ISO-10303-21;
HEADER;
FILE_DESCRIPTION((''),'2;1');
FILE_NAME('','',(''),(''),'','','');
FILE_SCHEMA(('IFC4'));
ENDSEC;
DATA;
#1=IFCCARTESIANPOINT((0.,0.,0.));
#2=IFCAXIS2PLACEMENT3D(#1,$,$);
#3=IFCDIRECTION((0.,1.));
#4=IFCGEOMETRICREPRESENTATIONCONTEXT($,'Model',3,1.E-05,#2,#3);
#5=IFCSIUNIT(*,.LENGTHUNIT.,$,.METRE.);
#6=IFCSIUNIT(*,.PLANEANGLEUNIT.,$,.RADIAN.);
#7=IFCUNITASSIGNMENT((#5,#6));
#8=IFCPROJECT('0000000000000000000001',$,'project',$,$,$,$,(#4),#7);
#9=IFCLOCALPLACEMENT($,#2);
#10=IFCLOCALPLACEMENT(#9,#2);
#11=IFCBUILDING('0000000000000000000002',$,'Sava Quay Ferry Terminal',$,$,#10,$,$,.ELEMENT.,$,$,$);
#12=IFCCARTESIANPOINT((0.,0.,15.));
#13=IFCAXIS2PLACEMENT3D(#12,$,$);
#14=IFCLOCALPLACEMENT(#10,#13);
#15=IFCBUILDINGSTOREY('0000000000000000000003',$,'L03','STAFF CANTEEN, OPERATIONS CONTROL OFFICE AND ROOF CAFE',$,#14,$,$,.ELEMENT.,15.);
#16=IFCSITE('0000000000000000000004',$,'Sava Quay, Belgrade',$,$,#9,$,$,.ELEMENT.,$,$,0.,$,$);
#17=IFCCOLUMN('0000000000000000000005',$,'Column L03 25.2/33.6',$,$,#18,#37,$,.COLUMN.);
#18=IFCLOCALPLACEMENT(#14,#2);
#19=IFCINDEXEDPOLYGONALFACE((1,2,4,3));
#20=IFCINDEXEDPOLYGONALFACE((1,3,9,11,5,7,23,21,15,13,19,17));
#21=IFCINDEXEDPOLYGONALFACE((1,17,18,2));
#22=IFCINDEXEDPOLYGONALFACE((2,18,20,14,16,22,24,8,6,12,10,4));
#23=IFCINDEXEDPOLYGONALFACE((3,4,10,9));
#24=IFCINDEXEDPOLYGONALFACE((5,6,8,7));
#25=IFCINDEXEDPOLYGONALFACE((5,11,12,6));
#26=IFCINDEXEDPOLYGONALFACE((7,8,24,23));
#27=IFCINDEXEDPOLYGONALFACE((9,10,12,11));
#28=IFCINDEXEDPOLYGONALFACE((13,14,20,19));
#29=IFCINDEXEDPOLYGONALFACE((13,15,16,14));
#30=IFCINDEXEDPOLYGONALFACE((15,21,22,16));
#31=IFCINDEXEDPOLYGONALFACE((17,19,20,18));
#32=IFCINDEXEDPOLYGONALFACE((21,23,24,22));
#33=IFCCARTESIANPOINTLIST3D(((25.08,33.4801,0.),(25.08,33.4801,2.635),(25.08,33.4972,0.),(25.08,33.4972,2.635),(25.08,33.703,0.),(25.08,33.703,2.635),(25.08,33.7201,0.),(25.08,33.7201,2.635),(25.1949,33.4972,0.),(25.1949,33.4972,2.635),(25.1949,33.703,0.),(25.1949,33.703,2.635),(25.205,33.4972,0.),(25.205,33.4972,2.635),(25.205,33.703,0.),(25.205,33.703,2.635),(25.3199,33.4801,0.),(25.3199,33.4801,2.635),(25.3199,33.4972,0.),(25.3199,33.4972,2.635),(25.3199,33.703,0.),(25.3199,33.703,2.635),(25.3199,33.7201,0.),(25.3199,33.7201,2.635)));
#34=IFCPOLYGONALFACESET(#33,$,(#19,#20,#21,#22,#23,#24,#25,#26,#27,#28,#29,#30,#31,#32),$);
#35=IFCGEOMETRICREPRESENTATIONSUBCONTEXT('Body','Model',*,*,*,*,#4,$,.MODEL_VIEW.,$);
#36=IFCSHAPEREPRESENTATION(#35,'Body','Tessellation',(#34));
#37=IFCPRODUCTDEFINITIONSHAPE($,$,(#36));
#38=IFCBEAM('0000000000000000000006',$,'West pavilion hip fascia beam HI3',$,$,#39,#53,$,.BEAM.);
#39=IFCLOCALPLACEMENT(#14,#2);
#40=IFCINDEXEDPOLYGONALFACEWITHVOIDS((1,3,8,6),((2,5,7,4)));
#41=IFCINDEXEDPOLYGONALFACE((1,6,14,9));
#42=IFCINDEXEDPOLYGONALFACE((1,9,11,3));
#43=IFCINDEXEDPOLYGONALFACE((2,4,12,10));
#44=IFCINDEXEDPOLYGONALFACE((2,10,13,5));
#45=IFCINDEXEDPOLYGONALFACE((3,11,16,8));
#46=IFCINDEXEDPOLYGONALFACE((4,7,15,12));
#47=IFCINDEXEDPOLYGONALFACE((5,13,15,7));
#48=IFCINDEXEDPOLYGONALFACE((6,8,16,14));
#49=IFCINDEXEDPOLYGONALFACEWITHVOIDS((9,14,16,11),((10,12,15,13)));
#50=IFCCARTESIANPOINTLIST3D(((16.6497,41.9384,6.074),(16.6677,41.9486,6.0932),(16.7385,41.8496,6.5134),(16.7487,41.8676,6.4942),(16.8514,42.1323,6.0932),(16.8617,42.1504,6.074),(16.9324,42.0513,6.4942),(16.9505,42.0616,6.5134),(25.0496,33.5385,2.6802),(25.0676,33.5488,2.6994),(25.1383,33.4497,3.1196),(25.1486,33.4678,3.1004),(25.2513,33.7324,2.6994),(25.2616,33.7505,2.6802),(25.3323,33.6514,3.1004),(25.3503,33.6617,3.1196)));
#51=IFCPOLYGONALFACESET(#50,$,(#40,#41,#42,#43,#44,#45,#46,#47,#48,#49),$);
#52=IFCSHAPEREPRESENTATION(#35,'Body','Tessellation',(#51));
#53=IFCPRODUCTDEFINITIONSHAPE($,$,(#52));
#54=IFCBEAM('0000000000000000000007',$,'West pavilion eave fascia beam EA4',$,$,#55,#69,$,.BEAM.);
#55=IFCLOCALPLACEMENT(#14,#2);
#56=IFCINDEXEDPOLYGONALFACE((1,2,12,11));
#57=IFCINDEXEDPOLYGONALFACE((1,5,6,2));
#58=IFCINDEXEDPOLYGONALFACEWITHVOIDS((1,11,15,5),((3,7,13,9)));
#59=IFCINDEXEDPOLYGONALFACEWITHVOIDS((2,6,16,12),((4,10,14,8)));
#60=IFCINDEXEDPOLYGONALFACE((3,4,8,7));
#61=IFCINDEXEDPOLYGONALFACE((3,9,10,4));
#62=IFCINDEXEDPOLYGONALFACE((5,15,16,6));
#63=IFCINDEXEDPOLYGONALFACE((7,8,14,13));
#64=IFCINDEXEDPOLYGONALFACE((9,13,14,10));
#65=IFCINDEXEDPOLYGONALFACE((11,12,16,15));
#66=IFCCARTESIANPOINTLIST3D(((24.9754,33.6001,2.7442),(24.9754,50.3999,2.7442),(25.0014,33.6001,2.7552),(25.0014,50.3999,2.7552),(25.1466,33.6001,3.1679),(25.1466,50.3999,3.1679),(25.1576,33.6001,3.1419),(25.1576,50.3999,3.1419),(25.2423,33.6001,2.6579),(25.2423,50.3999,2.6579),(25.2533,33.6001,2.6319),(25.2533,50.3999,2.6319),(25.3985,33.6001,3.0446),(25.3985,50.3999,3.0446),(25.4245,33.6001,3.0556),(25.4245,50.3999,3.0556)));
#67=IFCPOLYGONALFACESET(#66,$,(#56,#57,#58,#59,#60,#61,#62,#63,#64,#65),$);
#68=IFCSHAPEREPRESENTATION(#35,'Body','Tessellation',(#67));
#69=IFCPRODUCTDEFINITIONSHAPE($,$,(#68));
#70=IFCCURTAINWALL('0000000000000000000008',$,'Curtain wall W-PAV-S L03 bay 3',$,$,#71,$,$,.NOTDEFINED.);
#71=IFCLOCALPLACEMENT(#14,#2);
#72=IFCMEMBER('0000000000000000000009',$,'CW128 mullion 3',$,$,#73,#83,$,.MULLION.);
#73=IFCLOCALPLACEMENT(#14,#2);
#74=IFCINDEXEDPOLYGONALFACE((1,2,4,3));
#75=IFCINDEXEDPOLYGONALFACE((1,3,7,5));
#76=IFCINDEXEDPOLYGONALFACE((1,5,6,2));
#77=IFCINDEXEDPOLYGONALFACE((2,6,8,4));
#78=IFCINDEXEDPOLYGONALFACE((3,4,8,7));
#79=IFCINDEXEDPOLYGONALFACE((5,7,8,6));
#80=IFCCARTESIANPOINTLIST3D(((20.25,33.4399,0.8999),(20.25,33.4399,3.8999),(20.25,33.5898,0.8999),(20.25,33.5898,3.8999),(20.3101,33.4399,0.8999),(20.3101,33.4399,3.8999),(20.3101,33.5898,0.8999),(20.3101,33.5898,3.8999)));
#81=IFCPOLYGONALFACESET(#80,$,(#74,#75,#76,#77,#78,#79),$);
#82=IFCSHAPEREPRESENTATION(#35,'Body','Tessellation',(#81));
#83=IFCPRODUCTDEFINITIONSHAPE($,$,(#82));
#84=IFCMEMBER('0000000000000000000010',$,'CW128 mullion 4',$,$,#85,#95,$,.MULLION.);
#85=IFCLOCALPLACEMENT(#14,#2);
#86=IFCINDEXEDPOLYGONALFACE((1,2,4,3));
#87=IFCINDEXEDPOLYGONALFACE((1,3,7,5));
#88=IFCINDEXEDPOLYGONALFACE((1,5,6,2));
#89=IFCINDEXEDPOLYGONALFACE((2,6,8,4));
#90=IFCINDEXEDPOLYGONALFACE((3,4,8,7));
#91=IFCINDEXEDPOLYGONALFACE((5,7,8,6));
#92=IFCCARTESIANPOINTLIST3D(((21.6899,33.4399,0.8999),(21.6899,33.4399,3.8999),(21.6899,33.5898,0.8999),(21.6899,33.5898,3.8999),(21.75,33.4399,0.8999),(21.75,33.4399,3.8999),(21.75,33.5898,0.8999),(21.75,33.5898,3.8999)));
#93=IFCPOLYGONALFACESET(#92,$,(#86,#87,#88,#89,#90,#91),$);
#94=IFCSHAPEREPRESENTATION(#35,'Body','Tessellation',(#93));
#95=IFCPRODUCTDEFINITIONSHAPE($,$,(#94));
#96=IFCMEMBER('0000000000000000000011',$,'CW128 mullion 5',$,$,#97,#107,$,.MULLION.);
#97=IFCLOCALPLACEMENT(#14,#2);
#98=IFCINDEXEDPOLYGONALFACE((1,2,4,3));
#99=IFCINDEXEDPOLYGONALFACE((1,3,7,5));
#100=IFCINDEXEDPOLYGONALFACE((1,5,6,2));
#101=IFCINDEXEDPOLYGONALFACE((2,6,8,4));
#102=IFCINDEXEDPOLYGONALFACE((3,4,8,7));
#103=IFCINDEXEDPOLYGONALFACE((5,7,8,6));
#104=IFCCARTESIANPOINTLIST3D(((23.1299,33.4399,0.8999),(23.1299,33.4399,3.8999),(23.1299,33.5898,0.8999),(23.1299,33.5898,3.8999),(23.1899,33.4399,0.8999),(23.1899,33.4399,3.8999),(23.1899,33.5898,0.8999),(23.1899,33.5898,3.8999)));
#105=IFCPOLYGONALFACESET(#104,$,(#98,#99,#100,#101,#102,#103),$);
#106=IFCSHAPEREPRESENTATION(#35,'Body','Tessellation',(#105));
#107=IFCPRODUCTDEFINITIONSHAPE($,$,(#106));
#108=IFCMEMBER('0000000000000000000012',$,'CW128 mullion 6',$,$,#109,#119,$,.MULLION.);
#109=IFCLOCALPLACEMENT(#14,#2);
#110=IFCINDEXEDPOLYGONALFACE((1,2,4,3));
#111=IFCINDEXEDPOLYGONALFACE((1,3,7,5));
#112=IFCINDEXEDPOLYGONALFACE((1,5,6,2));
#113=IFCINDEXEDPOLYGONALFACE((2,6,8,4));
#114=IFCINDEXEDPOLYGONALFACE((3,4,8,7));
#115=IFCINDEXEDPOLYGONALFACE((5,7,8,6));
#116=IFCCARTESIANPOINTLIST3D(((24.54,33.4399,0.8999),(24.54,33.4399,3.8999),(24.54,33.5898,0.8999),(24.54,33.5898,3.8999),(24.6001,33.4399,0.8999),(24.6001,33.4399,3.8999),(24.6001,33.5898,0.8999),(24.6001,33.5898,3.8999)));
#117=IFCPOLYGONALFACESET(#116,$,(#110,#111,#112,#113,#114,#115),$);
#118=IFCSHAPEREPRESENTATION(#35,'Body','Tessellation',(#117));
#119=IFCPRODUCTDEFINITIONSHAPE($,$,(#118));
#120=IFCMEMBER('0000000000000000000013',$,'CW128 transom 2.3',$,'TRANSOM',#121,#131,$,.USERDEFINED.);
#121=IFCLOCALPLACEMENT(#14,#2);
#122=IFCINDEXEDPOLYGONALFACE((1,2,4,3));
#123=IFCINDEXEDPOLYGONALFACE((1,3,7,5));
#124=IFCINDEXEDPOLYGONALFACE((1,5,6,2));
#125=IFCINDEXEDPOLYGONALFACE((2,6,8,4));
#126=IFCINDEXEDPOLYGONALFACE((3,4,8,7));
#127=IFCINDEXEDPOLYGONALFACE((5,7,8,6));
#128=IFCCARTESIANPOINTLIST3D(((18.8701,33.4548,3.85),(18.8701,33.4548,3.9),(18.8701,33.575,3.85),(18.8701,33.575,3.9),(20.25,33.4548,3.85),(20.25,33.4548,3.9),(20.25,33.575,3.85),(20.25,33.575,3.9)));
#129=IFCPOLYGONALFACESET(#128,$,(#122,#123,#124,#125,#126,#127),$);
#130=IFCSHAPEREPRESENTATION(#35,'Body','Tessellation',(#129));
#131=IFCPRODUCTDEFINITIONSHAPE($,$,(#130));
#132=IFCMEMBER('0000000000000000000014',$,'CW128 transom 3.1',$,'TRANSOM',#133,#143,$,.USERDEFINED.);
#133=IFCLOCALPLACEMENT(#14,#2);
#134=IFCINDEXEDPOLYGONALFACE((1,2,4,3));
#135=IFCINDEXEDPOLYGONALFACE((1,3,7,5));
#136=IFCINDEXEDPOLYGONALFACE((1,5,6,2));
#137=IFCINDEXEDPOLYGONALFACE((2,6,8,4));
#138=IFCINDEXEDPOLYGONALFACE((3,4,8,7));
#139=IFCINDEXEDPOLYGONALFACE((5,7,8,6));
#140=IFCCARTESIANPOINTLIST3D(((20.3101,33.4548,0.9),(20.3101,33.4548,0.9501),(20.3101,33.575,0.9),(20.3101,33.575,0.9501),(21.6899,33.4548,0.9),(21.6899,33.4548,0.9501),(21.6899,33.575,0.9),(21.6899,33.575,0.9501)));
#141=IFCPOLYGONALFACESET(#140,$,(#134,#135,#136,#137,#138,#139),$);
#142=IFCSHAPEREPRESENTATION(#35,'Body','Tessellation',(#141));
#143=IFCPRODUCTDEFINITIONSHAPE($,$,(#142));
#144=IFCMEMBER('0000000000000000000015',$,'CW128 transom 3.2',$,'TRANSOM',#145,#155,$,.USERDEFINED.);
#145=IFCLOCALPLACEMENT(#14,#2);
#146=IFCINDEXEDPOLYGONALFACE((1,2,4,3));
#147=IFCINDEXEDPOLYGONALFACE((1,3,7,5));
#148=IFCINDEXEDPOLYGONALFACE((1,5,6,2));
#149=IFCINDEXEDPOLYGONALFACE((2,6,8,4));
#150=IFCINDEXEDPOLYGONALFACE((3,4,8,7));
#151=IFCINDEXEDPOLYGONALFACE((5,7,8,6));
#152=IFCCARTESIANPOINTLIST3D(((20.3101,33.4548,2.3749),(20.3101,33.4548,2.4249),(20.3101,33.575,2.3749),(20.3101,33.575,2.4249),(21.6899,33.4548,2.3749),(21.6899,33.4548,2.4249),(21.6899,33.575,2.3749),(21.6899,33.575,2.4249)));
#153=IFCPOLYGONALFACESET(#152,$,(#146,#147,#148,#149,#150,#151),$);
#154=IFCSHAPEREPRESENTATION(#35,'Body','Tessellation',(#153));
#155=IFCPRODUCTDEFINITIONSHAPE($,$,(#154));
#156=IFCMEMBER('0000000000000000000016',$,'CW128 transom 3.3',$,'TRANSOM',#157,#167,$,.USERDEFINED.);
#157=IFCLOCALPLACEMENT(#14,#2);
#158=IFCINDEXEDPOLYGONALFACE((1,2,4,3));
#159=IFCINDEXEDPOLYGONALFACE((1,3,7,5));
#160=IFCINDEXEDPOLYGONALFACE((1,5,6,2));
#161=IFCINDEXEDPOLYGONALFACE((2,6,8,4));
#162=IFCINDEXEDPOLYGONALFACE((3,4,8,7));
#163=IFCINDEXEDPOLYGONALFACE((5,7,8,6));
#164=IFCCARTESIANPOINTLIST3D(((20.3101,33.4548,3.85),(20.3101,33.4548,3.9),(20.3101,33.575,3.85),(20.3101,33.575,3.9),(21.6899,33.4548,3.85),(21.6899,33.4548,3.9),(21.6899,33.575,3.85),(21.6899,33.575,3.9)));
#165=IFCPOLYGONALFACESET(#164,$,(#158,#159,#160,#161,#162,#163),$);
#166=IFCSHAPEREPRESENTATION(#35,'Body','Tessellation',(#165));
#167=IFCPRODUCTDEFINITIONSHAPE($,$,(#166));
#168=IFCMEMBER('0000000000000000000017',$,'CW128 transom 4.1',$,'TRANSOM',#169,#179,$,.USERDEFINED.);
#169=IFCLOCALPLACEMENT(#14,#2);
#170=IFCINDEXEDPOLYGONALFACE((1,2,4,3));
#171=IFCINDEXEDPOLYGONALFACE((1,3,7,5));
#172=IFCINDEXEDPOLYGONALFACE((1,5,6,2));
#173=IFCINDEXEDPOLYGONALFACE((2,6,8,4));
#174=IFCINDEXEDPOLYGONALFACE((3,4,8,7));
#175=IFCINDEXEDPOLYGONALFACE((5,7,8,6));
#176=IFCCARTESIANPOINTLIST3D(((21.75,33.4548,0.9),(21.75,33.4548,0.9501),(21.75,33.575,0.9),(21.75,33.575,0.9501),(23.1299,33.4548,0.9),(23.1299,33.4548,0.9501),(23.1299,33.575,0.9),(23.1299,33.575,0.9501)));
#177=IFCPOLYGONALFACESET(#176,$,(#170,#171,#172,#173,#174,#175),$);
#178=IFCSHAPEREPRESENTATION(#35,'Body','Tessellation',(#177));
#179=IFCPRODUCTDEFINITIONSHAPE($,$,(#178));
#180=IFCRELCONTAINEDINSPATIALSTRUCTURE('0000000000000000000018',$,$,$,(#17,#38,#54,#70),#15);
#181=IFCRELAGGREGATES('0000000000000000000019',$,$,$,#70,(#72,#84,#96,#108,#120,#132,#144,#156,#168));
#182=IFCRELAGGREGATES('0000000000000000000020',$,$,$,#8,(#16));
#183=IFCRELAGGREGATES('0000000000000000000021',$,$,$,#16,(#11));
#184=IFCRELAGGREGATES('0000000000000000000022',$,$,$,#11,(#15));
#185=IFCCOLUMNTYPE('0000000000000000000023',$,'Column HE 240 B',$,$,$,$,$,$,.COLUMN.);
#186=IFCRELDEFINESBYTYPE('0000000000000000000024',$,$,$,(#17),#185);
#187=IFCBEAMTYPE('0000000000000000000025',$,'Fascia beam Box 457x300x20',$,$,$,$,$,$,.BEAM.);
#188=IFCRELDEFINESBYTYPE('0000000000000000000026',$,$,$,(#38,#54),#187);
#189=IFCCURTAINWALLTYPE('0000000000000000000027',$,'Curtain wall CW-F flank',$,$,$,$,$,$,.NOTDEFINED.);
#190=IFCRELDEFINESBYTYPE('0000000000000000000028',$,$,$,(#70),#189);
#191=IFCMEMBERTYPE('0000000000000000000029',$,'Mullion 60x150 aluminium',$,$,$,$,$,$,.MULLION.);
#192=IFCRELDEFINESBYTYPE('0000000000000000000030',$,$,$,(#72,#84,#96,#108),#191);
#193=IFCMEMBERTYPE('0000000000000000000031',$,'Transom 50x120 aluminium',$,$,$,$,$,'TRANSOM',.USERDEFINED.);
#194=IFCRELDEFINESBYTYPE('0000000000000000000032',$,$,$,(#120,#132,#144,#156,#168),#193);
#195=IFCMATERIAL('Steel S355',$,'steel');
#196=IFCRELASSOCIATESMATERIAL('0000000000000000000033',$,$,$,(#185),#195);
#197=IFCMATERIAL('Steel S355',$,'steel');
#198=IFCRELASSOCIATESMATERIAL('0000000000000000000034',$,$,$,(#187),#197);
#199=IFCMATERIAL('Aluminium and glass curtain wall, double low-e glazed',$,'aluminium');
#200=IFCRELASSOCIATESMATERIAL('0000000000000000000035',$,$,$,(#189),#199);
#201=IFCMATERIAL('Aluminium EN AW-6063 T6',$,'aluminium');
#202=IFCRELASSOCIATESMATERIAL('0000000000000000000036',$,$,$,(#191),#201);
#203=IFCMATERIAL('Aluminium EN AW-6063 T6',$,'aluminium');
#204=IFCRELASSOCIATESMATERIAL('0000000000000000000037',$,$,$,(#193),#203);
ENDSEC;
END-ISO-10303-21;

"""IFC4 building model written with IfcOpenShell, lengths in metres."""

from ifc_helpers import new_model, si_unit, direction, frame, origin, origin_2d, place, context, subcontext, project, spatial, polyline, rectangle, i_section, outline, extrude, material, material_profile, profile_set, type_object, element, aggregate, save


model = new_model("IFC4")

# Units and contexts
model_context = context("Model", 3, precision=1e-05, world=origin(), true_north=direction((0.0, 1.0)))
body_context = subcontext(model_context, "Body", "Model", "MODEL_VIEW")
ifc_project = project(units=[si_unit("LENGTHUNIT", "METRE"), si_unit("PLANEANGLEUNIT", "RADIAN")], contexts=[model_context])

# Site, building, storey
site_placement = place(None, origin())
site = spatial("IfcSite", under=ifc_project, at=site_placement, Name="Sava Quay, Belgrade", CompositionType="ELEMENT", RefElevation=0.0)
building_placement = place(site_placement, origin())
building = spatial("IfcBuilding", under=site, at=building_placement, Name="Sava Quay Ferry Terminal", CompositionType="ELEMENT")
storey_placement = place(building_placement, frame((0.0, 0.0, 15.0)))
storey = spatial("IfcBuildingStorey", under=building, at=storey_placement, Name="L03", Description="STAFF CANTEEN, OPERATIONS CONTROL OFFICE AND ROOF CAFE", CompositionType="ELEMENT", Elevation=15.0)

# Column
ifc_material_1 = material(Name="Steel S355", Category="steel")
ifc_material_profile_1 = material_profile(ifc_material_1, i_section(OverallWidth=0.24, OverallDepth=0.24, WebThickness=0.01, FlangeThickness=0.0171, at=origin_2d()), Name="HE 240 B")
ifc_profile_set_1 = profile_set([ifc_material_profile_1], Name="Steel S355")
column_type = type_object("IfcColumnType", Name="Column HE 240 B", PredefinedType="COLUMN", material=ifc_profile_set_1)
column_placement = place(storey_placement, frame((25.2, 33.6001, 0.0), z_axis=(0.0, 0.0, 1.0), x_axis=(1.0, 0.0, 0.0)))
element("IfcColumn", 1, at=column_placement, inside=storey, type_object=column_type, Name="Column L03 25.2/33.6", PredefinedType="COLUMN", context=body_context, shape_type="SweptSolid", body=[
    extrude(i_section(OverallWidth=0.24, OverallDepth=0.24, WebThickness=0.01, FlangeThickness=0.0171, at=origin_2d()), origin(), (0.0, 0.0, 1.0), 2.635),
])

# Beams
ifc_material_2 = material(Name="Steel S355", Category="steel")
ifc_material_profile_2 = material_profile(ifc_material_2, outline(polyline([(-0.1499, -0.2285), (0.1499, -0.2285), (0.1499, 0.2285), (-0.1499, 0.2285), (-0.1499, -0.2285)]), holes=[polyline([(-0.1299, -0.2085), (-0.1299, 0.2085), (0.1299, 0.2085), (0.1299, -0.2085), (-0.1299, -0.2085)])]), Name="Box 457x300x20 built-up")
ifc_profile_set_2 = profile_set([ifc_material_profile_2], Name="Steel S355")
beam_type = type_object("IfcBeamType", Name="Fascia beam Box 457x300x20", PredefinedType="BEAM", material=ifc_profile_set_2)
beam_1_placement = place(storey_placement, frame((25.2, 33.6001, 2.8999), z_axis=(-0.679904, 0.679904, 0.274701), x_axis=(-0.707107, -0.707107, 0.0)))
element("IfcBeam", 2, at=beam_1_placement, inside=storey, type_object=beam_type, Name="West pavilion hip fascia beam HI3", PredefinedType="BEAM", context=body_context, shape_type="SweptSolid", body=[
    extrude(outline(polyline([(-0.1499, -0.2285), (0.1499, -0.2285), (0.1499, 0.2285), (-0.1499, 0.2285), (-0.1499, -0.2285)]), holes=[polyline([(-0.1299, -0.2085), (-0.1299, 0.2085), (0.1299, 0.2085), (0.1299, -0.2085), (-0.1299, -0.2085)])]), origin(), (0.0, 0.0, 1.0), 12.3545),
])
beam_2_placement = place(storey_placement, frame((25.2, 33.6001, 2.8999), z_axis=(0.0, 1.0, 0.0), x_axis=(-0.927184, 0.0, 0.374607)))
element("IfcBeam", 3, at=beam_2_placement, inside=storey, type_object=beam_type, Name="West pavilion eave fascia beam EA4", PredefinedType="BEAM", context=body_context, shape_type="SweptSolid", body=[
    extrude(outline(polyline([(-0.1499, -0.2285), (0.1499, -0.2285), (0.1499, 0.2285), (-0.1499, 0.2285), (-0.1499, -0.2285)]), holes=[polyline([(-0.1299, -0.2085), (-0.1299, 0.2085), (0.1299, 0.2085), (0.1299, -0.2085), (-0.1299, -0.2085)])]), origin(), (0.0, 0.0, 1.0), 16.7998),
])

# Curtain wall, members
ifc_material_3 = material(Name="Aluminium and glass curtain wall, double low-e glazed", Category="aluminium")
curtain_wall_type = type_object("IfcCurtainWallType", Name="Curtain wall CW-F flank", PredefinedType="NOTDEFINED", material=ifc_material_3)
curtain_wall_placement = place(storey_placement, origin())
curtain_wall = element("IfcCurtainWall", 4, at=curtain_wall_placement, inside=storey, type_object=curtain_wall_type, Name="Curtain wall W-PAV-S L03 bay 3", PredefinedType="NOTDEFINED")
ifc_material_4 = material(Name="Aluminium EN AW-6063 T6", Category="aluminium")
ifc_material_profile_3 = material_profile(ifc_material_4, rectangle(XDim=0.1499, YDim=0.0601, at=origin_2d()), Name="Mullion 60x150 aluminium")
ifc_profile_set_3 = profile_set([ifc_material_profile_3], Name="Aluminium EN AW-6063 T6")
member_type_1 = type_object("IfcMemberType", Name="Mullion 60x150 aluminium", PredefinedType="MULLION", material=ifc_profile_set_3)
member_1_placement = place(storey_placement, frame((20.28, 33.5149, 0.8999), z_axis=(0.0, 0.0, 1.0), x_axis=(0.0, 1.0, 0.0)))
member_1 = element("IfcMember", 5, at=member_1_placement, type_object=member_type_1, Name="CW128 mullion 3", PredefinedType="MULLION", context=body_context, shape_type="SweptSolid", body=[
    extrude(rectangle(XDim=0.1499, YDim=0.0601, at=origin_2d()), origin(), (0.0, 0.0, 1.0), 3.0),
])
member_2_placement = place(storey_placement, frame((21.72, 33.5149, 0.8999), z_axis=(0.0, 0.0, 1.0), x_axis=(0.0, 1.0, 0.0)))
member_2 = element("IfcMember", 6, at=member_2_placement, type_object=member_type_1, Name="CW128 mullion 4", PredefinedType="MULLION", context=body_context, shape_type="SweptSolid", body=[
    extrude(rectangle(XDim=0.1499, YDim=0.0601, at=origin_2d()), origin(), (0.0, 0.0, 1.0), 3.0),
])
member_3_placement = place(storey_placement, frame((23.1599, 33.5149, 0.8999), z_axis=(0.0, 0.0, 1.0), x_axis=(0.0, 1.0, 0.0)))
member_3 = element("IfcMember", 7, at=member_3_placement, type_object=member_type_1, Name="CW128 mullion 5", PredefinedType="MULLION", context=body_context, shape_type="SweptSolid", body=[
    extrude(rectangle(XDim=0.1499, YDim=0.0601, at=origin_2d()), origin(), (0.0, 0.0, 1.0), 3.0),
])
member_4_placement = place(storey_placement, frame((24.5701, 33.5149, 0.8999), z_axis=(0.0, 0.0, 1.0), x_axis=(0.0, 1.0, 0.0)))
member_4 = element("IfcMember", 8, at=member_4_placement, type_object=member_type_1, Name="CW128 mullion 6", PredefinedType="MULLION", context=body_context, shape_type="SweptSolid", body=[
    extrude(rectangle(XDim=0.1499, YDim=0.0601, at=origin_2d()), origin(), (0.0, 0.0, 1.0), 3.0),
])
ifc_material_5 = material(Name="Aluminium EN AW-6063 T6", Category="aluminium")
ifc_material_profile_4 = material_profile(ifc_material_5, rectangle(XDim=0.1201, YDim=0.05, at=origin_2d()), Name="Transom 50x120 aluminium")
ifc_profile_set_4 = profile_set([ifc_material_profile_4], Name="Aluminium EN AW-6063 T6")
member_type_2 = type_object("IfcMemberType", Name="Transom 50x120 aluminium", ElementType="TRANSOM", PredefinedType="USERDEFINED", material=ifc_profile_set_4)
member_5_placement = place(storey_placement, frame((18.8701, 33.5149, 3.875), z_axis=(1.0, 0.0, 0.0), x_axis=(0.0, 1.0, 0.0)))
member_5 = element("IfcMember", 9, at=member_5_placement, type_object=member_type_2, Name="CW128 transom 2.3", ObjectType="TRANSOM", PredefinedType="USERDEFINED", context=body_context, shape_type="SweptSolid", body=[
    extrude(rectangle(XDim=0.1201, YDim=0.05, at=origin_2d()), origin(), (0.0, 0.0, 1.0), 1.3799),
])
member_6_placement = place(storey_placement, frame((20.3101, 33.5149, 0.925), z_axis=(1.0, 0.0, 0.0), x_axis=(0.0, 1.0, 0.0)))
member_6 = element("IfcMember", 10, at=member_6_placement, type_object=member_type_2, Name="CW128 transom 3.1", ObjectType="TRANSOM", PredefinedType="USERDEFINED", context=body_context, shape_type="SweptSolid", body=[
    extrude(rectangle(XDim=0.1201, YDim=0.05, at=origin_2d()), origin(), (0.0, 0.0, 1.0), 1.3799),
])
member_7_placement = place(storey_placement, frame((20.3101, 33.5149, 2.3999), z_axis=(1.0, 0.0, 0.0), x_axis=(0.0, 1.0, 0.0)))
member_7 = element("IfcMember", 11, at=member_7_placement, type_object=member_type_2, Name="CW128 transom 3.2", ObjectType="TRANSOM", PredefinedType="USERDEFINED", context=body_context, shape_type="SweptSolid", body=[
    extrude(rectangle(XDim=0.1201, YDim=0.05, at=origin_2d()), origin(), (0.0, 0.0, 1.0), 1.3799),
])
member_8_placement = place(storey_placement, frame((20.3101, 33.5149, 3.875), z_axis=(1.0, 0.0, 0.0), x_axis=(0.0, 1.0, 0.0)))
member_8 = element("IfcMember", 12, at=member_8_placement, type_object=member_type_2, Name="CW128 transom 3.3", ObjectType="TRANSOM", PredefinedType="USERDEFINED", context=body_context, shape_type="SweptSolid", body=[
    extrude(rectangle(XDim=0.1201, YDim=0.05, at=origin_2d()), origin(), (0.0, 0.0, 1.0), 1.3799),
])
member_9_placement = place(storey_placement, frame((21.75, 33.5149, 0.925), z_axis=(1.0, 0.0, 0.0), x_axis=(0.0, 1.0, 0.0)))
member_9 = element("IfcMember", 13, at=member_9_placement, type_object=member_type_2, Name="CW128 transom 4.1", ObjectType="TRANSOM", PredefinedType="USERDEFINED", context=body_context, shape_type="SweptSolid", body=[
    extrude(rectangle(XDim=0.1201, YDim=0.05, at=origin_2d()), origin(), (0.0, 0.0, 1.0), 1.3799),
])
aggregate(curtain_wall, [member_1, member_2, member_3, member_4, member_5, member_6, member_7, member_8, member_9])

save(model, "model.ifc")
